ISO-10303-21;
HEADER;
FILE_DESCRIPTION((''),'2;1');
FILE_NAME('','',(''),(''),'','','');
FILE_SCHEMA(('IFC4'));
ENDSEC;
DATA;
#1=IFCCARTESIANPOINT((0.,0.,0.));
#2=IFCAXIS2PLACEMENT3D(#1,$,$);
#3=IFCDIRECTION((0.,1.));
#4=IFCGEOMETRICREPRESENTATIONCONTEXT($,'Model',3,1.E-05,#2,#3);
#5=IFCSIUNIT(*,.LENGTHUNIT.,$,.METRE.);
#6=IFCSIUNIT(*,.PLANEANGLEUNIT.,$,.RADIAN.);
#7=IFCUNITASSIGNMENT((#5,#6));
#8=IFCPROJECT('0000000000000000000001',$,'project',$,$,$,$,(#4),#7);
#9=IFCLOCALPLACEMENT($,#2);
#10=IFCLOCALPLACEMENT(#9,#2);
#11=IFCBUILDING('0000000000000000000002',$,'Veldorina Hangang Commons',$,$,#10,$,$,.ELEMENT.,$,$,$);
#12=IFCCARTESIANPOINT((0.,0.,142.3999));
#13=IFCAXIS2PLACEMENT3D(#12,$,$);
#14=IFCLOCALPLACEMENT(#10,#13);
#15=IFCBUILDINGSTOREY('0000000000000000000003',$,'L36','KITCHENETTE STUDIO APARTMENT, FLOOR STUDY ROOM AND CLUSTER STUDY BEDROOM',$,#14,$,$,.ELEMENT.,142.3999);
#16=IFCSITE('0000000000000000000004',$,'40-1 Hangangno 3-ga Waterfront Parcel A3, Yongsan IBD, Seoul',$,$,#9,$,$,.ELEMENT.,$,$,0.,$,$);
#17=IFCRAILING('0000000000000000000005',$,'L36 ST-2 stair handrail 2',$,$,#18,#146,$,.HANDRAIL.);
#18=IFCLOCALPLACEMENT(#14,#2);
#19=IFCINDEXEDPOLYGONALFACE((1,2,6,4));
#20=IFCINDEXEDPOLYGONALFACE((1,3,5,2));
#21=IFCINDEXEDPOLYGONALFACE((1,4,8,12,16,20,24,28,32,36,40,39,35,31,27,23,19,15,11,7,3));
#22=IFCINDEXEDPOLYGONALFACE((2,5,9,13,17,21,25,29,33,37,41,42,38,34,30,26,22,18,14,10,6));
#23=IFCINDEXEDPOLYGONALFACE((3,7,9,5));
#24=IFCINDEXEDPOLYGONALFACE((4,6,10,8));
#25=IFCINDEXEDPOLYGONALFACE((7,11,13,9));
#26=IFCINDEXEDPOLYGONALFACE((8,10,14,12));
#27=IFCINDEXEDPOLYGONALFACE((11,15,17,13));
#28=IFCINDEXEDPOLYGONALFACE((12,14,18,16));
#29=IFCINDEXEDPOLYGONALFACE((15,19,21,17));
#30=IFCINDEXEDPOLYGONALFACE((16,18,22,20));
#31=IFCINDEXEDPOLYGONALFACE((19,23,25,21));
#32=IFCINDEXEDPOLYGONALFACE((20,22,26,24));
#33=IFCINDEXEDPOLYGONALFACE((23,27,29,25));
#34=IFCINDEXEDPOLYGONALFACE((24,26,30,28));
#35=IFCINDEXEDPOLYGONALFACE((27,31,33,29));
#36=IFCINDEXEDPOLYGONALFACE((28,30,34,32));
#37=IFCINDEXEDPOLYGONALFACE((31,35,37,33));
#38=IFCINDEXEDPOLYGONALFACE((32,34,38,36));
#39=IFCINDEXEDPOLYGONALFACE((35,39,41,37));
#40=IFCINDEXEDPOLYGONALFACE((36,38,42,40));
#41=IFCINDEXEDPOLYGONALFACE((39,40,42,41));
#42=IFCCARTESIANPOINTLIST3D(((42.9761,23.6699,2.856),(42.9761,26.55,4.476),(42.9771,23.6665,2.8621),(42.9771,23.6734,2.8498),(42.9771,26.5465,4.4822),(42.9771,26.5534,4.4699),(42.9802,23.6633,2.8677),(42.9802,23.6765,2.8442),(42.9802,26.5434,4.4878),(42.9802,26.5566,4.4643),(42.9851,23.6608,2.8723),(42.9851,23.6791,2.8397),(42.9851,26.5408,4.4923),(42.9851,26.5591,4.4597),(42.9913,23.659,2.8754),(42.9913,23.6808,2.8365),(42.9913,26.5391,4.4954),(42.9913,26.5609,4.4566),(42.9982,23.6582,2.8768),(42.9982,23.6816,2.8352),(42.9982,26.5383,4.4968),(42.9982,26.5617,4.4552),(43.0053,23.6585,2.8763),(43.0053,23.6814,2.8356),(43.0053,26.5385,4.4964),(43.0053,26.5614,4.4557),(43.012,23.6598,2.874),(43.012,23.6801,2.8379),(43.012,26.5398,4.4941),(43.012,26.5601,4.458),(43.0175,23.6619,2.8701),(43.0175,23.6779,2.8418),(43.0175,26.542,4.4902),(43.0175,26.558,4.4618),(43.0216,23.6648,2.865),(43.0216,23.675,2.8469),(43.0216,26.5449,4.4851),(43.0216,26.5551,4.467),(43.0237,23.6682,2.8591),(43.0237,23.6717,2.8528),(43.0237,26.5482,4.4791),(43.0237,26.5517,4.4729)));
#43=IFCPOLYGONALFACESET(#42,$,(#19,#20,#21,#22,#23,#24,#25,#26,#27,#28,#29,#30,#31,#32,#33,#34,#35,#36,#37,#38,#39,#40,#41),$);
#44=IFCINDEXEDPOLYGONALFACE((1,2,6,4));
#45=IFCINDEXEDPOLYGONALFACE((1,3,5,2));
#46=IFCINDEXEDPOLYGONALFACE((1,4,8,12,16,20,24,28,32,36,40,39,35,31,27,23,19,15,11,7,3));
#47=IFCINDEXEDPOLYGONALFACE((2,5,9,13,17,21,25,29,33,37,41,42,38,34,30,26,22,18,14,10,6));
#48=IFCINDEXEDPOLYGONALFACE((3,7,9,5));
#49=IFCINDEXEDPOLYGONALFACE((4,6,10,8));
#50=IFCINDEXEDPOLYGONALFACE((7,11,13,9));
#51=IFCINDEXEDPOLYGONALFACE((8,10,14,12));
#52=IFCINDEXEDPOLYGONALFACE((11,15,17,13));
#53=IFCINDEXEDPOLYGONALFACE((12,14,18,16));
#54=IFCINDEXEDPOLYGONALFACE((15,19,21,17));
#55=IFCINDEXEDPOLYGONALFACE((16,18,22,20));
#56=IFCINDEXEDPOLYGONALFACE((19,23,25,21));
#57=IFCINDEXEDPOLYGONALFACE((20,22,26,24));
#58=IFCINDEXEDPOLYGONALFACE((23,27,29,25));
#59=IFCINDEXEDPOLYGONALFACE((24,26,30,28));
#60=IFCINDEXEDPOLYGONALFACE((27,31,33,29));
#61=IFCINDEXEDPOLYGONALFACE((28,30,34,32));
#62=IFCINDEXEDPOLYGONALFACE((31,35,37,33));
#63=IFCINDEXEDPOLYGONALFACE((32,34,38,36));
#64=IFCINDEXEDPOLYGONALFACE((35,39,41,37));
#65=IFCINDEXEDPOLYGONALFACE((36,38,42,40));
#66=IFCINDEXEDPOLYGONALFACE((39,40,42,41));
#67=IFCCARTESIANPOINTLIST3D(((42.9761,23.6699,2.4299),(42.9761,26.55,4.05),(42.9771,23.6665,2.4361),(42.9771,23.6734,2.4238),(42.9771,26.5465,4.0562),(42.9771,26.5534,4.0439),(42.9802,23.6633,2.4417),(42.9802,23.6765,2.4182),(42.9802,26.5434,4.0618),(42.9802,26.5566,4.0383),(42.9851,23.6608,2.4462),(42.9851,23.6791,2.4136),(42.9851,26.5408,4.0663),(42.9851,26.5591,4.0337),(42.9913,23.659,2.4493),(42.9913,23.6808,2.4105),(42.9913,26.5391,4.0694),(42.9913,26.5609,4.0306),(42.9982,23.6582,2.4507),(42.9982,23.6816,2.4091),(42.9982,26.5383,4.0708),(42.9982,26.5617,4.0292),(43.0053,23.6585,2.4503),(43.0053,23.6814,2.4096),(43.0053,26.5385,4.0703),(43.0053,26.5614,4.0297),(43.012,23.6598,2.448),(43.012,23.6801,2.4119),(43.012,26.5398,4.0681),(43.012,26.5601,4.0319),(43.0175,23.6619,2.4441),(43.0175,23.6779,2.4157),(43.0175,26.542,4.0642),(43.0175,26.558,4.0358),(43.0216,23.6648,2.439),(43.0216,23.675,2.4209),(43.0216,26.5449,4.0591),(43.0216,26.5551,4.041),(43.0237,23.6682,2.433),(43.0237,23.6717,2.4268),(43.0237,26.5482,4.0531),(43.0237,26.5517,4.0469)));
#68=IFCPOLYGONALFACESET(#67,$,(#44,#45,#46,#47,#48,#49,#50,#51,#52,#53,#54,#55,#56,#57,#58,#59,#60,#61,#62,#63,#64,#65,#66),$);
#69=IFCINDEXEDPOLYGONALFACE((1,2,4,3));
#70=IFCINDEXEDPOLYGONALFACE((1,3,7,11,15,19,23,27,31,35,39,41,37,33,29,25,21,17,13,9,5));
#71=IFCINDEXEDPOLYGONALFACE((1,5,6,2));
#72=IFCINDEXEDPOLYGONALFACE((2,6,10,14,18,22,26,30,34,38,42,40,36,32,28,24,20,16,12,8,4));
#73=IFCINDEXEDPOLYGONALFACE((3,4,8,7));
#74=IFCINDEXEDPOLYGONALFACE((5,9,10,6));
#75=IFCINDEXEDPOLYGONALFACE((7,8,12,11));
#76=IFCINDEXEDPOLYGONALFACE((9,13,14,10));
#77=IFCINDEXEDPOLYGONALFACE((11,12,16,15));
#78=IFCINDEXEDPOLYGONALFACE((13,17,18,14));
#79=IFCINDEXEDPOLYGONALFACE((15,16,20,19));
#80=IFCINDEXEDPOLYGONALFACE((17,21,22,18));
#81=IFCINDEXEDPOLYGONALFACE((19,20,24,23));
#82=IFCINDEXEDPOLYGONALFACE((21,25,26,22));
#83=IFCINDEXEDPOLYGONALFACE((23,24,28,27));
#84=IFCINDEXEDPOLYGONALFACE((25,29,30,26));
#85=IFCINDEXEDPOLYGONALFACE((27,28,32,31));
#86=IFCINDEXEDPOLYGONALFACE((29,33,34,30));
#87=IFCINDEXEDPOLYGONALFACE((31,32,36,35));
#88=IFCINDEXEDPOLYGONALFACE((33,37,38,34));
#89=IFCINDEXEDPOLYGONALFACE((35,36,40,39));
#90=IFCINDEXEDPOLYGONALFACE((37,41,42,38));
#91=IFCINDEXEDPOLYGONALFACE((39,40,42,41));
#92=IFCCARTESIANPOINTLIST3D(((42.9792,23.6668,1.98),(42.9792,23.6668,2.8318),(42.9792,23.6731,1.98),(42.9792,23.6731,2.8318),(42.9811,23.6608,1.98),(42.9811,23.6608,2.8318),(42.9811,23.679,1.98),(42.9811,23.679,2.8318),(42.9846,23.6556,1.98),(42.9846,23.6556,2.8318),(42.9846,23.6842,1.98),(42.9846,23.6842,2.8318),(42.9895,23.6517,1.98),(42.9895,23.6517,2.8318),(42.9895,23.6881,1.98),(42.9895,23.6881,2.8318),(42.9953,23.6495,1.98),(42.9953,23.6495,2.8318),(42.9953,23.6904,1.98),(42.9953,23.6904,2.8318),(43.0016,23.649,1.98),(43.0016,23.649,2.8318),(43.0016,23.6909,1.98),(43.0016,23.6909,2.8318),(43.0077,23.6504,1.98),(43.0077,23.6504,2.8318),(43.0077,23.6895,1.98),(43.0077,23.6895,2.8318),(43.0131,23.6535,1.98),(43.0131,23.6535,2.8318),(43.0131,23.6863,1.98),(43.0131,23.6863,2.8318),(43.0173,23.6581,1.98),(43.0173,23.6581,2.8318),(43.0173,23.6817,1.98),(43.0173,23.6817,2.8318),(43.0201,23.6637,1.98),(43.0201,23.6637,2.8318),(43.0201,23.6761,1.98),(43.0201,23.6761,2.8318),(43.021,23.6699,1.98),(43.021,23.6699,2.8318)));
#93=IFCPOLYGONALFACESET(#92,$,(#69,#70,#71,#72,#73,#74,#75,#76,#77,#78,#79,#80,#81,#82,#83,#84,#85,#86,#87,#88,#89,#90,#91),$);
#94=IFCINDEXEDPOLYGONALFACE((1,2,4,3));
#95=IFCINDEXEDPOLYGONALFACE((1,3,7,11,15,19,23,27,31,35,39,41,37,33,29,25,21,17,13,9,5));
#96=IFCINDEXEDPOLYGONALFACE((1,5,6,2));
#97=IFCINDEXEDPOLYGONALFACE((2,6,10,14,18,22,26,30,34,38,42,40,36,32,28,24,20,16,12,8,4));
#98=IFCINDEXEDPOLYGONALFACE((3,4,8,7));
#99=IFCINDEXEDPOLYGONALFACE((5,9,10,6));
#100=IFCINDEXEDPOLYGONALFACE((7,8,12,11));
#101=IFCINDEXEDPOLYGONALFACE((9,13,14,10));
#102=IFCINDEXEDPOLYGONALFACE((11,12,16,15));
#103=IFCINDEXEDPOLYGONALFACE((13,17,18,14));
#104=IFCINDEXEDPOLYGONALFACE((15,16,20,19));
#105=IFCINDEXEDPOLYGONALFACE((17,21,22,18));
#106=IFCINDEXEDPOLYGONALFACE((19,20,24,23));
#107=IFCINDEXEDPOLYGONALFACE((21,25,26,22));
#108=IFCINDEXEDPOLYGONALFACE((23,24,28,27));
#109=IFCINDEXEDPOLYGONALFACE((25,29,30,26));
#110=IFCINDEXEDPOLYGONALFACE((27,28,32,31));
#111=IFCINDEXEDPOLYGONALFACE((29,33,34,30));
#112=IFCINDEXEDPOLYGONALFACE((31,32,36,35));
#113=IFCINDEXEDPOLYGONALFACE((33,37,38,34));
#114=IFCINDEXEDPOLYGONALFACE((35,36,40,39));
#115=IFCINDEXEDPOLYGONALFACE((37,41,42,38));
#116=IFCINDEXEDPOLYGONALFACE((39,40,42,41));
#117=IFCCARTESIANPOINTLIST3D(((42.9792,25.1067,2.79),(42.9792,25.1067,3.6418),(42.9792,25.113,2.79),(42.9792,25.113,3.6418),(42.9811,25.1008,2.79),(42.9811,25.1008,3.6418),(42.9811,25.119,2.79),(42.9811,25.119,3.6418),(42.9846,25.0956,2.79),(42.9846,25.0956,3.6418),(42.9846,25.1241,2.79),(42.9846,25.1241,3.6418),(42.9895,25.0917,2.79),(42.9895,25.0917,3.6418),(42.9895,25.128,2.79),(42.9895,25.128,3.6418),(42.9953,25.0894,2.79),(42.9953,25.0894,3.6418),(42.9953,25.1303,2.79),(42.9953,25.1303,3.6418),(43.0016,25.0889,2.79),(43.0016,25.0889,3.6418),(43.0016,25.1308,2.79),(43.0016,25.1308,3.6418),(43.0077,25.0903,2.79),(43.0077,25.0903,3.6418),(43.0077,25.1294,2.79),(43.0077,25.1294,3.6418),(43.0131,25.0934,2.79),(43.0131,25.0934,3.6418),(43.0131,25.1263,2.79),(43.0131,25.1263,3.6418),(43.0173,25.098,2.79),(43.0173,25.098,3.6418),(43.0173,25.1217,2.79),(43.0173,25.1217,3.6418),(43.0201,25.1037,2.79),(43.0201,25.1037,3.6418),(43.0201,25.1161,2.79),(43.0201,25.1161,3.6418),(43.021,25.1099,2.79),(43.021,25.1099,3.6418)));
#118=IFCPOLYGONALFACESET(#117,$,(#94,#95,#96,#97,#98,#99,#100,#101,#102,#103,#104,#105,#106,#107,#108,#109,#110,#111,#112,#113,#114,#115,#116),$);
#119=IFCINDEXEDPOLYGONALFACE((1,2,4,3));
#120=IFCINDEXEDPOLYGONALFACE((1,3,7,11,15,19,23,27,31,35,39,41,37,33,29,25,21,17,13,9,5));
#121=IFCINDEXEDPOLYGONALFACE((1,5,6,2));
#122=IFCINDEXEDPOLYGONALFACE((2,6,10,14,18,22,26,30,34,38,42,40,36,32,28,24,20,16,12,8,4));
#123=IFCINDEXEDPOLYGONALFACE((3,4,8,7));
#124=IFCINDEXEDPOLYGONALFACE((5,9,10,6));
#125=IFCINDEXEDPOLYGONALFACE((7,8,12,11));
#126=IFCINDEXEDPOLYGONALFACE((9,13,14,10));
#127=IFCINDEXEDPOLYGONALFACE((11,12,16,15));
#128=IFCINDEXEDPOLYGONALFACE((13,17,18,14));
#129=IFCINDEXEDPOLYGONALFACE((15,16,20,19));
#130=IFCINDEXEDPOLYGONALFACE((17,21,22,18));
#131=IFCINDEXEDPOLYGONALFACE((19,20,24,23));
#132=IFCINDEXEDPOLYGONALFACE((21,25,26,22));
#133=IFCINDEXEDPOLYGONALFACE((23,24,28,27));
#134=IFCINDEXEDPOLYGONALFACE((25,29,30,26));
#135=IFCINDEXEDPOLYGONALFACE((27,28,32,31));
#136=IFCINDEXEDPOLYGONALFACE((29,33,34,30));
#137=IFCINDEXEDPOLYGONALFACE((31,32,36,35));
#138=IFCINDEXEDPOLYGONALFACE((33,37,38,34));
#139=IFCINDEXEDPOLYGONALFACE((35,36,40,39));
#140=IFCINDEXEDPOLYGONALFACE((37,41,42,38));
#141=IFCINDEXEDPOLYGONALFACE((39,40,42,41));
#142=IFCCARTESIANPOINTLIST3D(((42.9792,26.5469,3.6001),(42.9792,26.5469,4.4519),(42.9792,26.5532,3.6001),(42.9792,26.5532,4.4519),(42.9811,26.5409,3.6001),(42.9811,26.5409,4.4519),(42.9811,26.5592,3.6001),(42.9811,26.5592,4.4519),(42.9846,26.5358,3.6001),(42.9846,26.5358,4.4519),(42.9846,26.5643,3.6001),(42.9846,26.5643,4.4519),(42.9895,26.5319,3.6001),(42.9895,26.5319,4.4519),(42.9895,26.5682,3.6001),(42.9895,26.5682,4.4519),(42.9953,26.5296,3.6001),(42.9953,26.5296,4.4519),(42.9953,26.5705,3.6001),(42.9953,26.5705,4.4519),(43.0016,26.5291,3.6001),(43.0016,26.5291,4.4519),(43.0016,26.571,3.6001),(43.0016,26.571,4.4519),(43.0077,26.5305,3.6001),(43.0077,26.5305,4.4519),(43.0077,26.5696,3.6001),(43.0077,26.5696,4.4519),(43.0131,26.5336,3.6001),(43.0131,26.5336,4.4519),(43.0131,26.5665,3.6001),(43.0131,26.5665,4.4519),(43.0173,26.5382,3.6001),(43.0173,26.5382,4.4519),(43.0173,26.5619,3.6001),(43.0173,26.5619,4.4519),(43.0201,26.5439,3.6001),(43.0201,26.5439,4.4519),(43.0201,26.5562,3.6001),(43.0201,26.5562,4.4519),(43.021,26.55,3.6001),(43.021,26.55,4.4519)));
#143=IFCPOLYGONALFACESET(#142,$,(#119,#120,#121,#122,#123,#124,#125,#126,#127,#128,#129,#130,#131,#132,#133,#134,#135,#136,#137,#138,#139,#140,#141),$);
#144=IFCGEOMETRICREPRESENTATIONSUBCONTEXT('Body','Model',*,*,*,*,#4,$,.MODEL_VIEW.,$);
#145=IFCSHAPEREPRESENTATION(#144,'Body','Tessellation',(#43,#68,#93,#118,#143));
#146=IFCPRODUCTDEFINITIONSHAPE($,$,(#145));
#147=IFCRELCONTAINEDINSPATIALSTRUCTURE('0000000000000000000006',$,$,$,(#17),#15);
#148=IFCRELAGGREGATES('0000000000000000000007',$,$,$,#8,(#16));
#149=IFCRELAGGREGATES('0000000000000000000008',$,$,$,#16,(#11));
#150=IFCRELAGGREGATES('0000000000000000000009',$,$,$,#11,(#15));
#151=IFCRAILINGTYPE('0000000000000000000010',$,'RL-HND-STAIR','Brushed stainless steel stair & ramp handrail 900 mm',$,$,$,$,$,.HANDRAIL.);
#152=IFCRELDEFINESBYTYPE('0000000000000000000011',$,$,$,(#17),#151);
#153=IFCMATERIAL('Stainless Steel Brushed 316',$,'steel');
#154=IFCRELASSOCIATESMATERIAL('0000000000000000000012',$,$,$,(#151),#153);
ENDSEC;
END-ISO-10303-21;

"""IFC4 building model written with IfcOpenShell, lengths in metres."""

from ifc_helpers import new_model, si_unit, direction, frame, origin, origin_2d, place, context, subcontext, project, spatial, circle, extrude, material, type_object, element, save


model = new_model("IFC4")

# Units and contexts
model_context = context("Model", 3, precision=1e-05, world=origin(), true_north=direction((0.0, 1.0)))
body_context = subcontext(model_context, "Body", "Model", "MODEL_VIEW")
ifc_project = project(units=[si_unit("LENGTHUNIT", "METRE"), si_unit("PLANEANGLEUNIT", "RADIAN")], contexts=[model_context])

# Site, building, storey
site_placement = place(None, origin())
site = spatial("IfcSite", under=ifc_project, at=site_placement, Name="40-1 Hangangno 3-ga Waterfront Parcel A3, Yongsan IBD, Seoul", CompositionType="ELEMENT", RefElevation=0.0)
building_placement = place(site_placement, origin())
building = spatial("IfcBuilding", under=site, at=building_placement, Name="Veldorina Hangang Commons", CompositionType="ELEMENT")
storey_placement = place(building_placement, frame((0.0, 0.0, 142.3999)))
storey = spatial("IfcBuildingStorey", under=building, at=storey_placement, Name="L36", Description="KITCHENETTE STUDIO APARTMENT, FLOOR STUDY ROOM AND CLUSTER STUDY BEDROOM", CompositionType="ELEMENT", Elevation=142.3999)

# Railing
ifc_material_1 = material(Name="Stainless Steel Brushed 316", Category="steel")
railing_type_1 = type_object("IfcRailingType", Name="RL-HND-STAIR", Description="Brushed stainless steel stair & ramp handrail 900 mm", PredefinedType="HANDRAIL", material=ifc_material_1)
railing_1_placement = place(storey_placement, frame((43.0, 23.6699, 1.98)))
element("IfcRailing", 1, at=railing_1_placement, inside=storey, type_object=railing_type_1, Name="L36 ST-2 stair handrail 2", PredefinedType="HANDRAIL", context=body_context, shape_type="SweptSolid", body=[
    extrude(circle(Radius=0.0239, at=origin_2d()), frame((0.0, 0.0, 0.876), z_axis=(0.0, 0.87157, 0.490272), x_axis=(-1.0, 0.0, 0.0)), (0.0, 0.0, 1.0), 3.3044),
    extrude(circle(Radius=0.0239, at=origin_2d()), frame((0.0, 0.0, 0.45), z_axis=(0.0, 0.87157, 0.490272), x_axis=(-1.0, 0.0, 0.0)), (0.0, 0.0, 1.0), 3.3044),
    extrude(circle(Radius=0.021, at=origin_2d()), origin(), (0.0, 0.0, 1.0), 0.8518),
    extrude(circle(Radius=0.021, at=origin_2d()), frame((0.0, 1.4399, 0.8101)), (0.0, 0.0, 1.0), 0.8518),
    extrude(circle(Radius=0.021, at=origin_2d()), frame((0.0, 2.8801, 1.6201)), (0.0, 0.0, 1.0), 0.8518),
])

save(model, "model.ifc")
